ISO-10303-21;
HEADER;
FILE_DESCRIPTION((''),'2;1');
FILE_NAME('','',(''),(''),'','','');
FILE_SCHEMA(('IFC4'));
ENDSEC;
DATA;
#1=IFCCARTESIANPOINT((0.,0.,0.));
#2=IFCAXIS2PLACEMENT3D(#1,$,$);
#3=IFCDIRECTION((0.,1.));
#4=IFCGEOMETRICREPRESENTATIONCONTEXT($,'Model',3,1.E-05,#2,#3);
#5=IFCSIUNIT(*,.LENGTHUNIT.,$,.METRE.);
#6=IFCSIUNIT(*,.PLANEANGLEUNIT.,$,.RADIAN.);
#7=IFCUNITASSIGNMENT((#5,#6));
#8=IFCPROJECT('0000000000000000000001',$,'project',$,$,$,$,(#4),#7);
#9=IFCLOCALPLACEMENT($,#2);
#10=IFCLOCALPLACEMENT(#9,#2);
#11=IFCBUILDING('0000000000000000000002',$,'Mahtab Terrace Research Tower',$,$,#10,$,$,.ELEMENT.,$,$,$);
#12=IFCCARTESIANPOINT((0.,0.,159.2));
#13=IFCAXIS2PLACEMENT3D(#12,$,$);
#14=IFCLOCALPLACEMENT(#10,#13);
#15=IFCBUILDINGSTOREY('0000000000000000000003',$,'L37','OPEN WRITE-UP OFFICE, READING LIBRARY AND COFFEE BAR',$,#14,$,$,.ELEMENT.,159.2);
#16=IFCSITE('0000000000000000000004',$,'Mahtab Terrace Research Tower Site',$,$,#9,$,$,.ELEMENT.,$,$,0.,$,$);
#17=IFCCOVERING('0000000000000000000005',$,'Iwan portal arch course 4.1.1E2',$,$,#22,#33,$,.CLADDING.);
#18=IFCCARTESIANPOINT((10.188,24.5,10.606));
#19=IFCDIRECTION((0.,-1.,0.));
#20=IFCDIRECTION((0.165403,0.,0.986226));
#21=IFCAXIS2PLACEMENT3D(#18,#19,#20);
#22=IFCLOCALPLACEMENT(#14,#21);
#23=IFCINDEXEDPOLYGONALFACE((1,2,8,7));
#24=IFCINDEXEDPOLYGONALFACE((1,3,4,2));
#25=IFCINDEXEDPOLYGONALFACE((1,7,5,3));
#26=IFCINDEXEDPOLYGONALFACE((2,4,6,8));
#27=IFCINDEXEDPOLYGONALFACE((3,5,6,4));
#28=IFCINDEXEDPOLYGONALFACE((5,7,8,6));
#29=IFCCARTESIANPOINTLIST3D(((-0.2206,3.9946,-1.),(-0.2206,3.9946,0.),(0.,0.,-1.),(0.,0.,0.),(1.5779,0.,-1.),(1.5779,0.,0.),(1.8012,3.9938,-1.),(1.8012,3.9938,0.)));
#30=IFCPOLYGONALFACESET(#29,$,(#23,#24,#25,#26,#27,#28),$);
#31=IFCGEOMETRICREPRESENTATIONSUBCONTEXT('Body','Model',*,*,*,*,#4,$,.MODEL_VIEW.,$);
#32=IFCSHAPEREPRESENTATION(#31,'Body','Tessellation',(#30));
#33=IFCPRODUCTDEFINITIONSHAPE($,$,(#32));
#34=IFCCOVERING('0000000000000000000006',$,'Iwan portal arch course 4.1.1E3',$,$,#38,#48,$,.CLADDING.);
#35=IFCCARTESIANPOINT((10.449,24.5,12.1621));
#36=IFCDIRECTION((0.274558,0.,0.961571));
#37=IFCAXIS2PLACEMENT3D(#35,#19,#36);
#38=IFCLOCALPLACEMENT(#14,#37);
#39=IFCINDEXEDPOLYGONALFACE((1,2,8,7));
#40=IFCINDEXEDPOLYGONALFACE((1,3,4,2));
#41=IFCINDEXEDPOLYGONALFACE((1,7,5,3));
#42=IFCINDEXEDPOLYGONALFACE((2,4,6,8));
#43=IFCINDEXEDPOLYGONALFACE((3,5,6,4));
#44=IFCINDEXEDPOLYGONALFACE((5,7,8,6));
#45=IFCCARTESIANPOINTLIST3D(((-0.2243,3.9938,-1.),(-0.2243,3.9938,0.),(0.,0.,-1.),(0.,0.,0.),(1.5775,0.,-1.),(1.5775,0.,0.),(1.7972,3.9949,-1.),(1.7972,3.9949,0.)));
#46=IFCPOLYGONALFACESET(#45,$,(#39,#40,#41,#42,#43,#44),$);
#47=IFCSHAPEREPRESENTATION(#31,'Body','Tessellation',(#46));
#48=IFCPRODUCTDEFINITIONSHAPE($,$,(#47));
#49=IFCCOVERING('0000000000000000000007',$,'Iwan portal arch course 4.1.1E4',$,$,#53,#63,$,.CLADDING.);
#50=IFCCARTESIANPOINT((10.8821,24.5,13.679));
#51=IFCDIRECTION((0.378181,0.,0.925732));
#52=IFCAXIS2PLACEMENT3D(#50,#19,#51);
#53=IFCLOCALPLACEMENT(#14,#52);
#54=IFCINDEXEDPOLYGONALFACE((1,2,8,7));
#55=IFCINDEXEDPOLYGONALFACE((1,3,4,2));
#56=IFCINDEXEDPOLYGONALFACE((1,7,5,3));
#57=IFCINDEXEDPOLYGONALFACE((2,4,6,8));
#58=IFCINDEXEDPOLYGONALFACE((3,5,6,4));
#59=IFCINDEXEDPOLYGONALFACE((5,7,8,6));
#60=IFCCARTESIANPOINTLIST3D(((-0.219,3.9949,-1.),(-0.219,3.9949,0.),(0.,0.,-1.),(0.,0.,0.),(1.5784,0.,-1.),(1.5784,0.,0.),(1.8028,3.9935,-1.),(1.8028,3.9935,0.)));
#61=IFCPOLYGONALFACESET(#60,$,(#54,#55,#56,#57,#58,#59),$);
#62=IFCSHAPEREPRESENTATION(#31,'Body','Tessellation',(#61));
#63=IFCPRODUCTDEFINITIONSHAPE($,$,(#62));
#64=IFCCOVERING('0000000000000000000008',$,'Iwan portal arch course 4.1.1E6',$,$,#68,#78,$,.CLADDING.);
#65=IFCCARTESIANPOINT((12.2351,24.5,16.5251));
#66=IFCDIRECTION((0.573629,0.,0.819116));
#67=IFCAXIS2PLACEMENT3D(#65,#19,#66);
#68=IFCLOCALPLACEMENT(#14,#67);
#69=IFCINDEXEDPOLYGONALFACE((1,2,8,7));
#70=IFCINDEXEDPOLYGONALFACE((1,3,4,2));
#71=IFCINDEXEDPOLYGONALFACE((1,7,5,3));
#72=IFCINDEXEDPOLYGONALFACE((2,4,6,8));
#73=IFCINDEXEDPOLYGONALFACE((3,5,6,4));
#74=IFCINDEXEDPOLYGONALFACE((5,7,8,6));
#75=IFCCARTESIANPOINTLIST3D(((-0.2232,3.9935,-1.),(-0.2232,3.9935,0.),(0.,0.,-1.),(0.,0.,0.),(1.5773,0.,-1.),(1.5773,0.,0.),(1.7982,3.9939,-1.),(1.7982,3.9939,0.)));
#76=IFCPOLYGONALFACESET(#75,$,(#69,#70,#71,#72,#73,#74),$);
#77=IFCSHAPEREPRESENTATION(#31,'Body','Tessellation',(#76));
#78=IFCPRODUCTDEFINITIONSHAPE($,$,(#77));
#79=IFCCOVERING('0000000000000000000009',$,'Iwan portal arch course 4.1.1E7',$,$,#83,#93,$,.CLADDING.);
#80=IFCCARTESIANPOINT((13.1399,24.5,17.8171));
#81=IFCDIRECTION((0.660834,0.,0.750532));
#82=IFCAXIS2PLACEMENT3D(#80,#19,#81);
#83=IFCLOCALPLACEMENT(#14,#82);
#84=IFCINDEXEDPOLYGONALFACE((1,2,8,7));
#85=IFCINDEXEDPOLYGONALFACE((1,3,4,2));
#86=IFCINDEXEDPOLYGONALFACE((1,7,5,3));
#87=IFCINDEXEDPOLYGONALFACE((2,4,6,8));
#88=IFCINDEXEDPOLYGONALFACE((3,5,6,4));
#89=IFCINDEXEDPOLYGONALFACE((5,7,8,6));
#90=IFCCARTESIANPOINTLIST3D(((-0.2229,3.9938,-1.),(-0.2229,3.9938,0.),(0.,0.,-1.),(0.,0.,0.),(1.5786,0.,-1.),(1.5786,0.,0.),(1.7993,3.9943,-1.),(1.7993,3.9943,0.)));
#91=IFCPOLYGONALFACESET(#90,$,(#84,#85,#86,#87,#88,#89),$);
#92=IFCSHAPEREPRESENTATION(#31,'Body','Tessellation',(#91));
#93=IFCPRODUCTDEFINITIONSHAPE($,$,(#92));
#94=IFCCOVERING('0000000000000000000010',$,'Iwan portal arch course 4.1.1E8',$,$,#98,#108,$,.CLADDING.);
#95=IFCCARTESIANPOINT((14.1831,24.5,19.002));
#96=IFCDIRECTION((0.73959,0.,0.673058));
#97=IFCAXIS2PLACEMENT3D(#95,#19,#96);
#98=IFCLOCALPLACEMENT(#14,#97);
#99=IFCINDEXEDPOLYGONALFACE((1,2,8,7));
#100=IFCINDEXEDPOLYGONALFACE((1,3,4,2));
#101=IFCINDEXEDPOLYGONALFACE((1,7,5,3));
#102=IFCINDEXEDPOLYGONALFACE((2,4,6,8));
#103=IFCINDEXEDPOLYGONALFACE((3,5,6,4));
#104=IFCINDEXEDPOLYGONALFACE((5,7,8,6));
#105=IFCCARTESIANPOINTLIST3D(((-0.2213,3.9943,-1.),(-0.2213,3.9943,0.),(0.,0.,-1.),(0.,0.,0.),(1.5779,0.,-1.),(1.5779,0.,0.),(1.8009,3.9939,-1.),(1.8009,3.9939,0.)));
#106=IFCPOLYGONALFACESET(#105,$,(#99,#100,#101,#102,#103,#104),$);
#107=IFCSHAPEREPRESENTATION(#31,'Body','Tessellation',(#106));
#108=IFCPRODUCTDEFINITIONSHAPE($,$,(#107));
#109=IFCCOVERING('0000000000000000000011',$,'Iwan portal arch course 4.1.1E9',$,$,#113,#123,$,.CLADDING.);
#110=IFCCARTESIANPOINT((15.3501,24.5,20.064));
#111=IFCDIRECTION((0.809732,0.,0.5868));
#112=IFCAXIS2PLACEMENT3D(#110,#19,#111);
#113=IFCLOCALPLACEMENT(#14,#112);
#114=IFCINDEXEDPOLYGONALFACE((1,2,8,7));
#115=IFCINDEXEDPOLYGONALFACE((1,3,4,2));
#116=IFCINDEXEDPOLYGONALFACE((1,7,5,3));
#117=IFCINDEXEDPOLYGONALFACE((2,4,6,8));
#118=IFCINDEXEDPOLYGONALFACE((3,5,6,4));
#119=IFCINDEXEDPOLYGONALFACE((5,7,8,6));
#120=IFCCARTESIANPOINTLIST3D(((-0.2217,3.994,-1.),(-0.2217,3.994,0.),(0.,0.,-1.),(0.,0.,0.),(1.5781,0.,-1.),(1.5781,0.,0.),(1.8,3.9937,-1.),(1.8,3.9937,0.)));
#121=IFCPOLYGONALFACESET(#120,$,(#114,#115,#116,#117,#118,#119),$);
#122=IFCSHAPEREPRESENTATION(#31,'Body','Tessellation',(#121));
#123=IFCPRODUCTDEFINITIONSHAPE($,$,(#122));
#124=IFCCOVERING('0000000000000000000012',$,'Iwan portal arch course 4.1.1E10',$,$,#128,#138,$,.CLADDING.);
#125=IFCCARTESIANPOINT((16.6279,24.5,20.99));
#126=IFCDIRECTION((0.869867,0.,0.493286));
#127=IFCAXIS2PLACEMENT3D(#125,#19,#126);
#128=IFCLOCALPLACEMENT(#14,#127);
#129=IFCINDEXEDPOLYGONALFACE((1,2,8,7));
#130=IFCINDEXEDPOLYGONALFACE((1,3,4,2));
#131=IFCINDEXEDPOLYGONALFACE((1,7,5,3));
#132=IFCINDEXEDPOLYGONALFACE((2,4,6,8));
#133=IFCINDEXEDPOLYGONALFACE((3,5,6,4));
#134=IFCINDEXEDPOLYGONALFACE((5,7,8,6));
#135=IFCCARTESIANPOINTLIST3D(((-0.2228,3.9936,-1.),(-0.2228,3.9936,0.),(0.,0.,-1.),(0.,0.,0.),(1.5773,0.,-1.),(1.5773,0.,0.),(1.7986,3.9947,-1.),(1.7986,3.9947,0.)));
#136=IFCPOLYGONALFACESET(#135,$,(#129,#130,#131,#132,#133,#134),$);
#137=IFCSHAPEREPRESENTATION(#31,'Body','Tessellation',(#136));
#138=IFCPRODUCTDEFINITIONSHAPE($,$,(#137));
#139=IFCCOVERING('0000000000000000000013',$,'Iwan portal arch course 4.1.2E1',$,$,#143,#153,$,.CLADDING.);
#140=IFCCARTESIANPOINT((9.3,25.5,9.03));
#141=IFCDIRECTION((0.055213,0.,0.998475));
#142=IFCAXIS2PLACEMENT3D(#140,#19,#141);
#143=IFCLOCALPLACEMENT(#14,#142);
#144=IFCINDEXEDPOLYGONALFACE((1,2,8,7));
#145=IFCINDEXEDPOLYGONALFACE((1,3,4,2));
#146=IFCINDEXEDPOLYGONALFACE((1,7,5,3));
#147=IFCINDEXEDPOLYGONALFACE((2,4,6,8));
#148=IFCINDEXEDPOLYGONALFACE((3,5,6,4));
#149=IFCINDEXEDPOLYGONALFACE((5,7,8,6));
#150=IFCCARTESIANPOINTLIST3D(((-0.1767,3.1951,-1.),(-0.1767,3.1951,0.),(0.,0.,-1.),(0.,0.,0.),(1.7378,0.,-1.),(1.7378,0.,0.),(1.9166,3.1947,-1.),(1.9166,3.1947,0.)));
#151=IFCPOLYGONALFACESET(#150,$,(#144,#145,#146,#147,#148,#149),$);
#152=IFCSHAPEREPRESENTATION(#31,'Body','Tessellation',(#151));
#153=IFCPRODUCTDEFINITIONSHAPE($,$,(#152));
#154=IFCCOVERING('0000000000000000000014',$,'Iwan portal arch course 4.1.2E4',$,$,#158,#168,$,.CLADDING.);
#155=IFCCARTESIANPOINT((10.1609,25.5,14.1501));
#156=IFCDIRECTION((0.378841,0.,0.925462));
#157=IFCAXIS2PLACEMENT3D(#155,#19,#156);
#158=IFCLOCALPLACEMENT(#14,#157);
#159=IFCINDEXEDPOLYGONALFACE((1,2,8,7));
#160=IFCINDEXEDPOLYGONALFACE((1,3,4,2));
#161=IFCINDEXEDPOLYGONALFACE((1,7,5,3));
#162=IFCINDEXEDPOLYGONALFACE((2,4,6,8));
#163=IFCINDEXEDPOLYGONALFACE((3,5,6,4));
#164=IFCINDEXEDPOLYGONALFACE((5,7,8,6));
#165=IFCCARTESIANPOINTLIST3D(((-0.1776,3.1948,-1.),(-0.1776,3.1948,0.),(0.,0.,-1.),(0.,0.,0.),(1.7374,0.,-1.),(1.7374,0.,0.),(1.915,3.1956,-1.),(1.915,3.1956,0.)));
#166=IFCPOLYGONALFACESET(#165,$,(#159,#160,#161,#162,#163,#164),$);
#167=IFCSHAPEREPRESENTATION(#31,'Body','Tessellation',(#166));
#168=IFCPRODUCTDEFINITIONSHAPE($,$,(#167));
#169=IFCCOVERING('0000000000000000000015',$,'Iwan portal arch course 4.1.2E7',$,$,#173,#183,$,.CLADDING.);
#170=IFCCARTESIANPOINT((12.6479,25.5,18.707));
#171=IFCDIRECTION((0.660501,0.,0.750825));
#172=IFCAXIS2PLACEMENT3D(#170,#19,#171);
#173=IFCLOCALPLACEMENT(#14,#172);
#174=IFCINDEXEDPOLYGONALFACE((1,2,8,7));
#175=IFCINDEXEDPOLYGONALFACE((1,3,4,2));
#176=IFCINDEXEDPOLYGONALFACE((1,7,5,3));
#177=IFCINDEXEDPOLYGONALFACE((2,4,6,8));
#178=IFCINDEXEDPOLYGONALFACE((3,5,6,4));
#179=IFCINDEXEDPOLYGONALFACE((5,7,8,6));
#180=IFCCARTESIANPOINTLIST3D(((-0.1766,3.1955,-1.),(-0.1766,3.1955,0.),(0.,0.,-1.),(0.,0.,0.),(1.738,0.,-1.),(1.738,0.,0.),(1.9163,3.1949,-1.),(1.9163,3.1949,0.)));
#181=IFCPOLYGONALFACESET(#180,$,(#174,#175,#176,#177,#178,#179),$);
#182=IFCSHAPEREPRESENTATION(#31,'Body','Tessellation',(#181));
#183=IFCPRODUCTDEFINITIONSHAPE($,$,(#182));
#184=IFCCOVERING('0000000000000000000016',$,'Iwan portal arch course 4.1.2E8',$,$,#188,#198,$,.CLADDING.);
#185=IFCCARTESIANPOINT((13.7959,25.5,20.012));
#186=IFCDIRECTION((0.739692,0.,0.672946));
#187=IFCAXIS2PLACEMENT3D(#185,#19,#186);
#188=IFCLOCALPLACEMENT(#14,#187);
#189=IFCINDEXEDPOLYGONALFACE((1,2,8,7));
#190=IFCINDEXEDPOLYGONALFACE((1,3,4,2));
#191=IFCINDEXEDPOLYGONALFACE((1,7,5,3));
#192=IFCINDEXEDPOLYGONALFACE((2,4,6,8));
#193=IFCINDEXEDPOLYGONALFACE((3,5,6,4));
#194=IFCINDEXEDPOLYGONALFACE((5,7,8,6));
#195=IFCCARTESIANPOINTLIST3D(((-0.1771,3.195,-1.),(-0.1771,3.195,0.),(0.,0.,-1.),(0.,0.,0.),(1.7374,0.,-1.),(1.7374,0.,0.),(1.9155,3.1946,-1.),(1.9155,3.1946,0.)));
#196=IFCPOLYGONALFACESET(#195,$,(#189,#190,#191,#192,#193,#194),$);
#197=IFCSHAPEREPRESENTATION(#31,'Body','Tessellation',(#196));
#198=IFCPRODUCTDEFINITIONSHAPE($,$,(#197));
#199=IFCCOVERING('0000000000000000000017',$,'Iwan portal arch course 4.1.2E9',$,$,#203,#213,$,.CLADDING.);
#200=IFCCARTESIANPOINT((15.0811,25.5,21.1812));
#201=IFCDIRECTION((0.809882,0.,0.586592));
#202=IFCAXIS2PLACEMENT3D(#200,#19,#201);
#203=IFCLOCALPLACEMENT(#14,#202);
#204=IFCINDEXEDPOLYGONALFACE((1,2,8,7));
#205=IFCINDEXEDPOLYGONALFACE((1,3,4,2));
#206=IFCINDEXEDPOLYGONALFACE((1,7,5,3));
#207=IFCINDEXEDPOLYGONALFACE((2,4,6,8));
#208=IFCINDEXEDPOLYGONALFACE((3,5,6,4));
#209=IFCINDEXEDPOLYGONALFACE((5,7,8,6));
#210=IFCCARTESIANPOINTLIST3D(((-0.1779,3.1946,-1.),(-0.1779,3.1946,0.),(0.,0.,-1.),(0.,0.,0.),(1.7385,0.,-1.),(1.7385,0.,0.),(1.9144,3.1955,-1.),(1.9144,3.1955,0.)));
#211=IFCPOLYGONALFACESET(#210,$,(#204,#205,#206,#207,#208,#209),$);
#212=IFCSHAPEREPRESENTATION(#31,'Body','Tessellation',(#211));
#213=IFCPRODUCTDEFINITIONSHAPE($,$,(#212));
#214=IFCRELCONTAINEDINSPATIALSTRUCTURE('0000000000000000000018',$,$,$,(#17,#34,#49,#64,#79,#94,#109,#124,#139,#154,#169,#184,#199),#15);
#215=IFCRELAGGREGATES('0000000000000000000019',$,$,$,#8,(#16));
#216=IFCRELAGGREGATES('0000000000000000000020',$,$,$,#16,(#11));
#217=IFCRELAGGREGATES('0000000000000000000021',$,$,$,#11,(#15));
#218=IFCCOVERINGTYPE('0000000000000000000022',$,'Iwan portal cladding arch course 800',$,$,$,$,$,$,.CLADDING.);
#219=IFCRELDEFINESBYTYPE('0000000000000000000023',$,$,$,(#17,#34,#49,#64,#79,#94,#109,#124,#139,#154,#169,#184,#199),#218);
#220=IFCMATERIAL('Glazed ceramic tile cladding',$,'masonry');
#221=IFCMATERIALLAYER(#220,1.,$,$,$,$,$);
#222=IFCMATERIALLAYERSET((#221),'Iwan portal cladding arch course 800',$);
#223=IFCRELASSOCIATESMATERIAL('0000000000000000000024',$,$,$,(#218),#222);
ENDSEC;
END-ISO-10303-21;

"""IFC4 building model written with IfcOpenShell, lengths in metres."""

from ifc_helpers import new_model, si_unit, direction, frame, origin, place, context, subcontext, project, spatial, polyline, outline, extrude, material, layer, layer_set, type_object, element, save


model = new_model("IFC4")

# Units and contexts
model_context = context("Model", 3, precision=1e-05, world=origin(), true_north=direction((0.0, 1.0)))
body_context = subcontext(model_context, "Body", "Model", "MODEL_VIEW")
ifc_project = project(units=[si_unit("LENGTHUNIT", "METRE"), si_unit("PLANEANGLEUNIT", "RADIAN")], contexts=[model_context])

# Site, building, storey
site_placement = place(None, origin())
site = spatial("IfcSite", under=ifc_project, at=site_placement, Name="Mahtab Terrace Research Tower Site", CompositionType="ELEMENT", RefElevation=0.0)
building_placement = place(site_placement, origin())
building = spatial("IfcBuilding", under=site, at=building_placement, Name="Mahtab Terrace Research Tower", CompositionType="ELEMENT")
storey_placement = place(building_placement, frame((0.0, 0.0, 159.2)))
storey = spatial("IfcBuildingStorey", under=building, at=storey_placement, Name="L37", Description="OPEN WRITE-UP OFFICE, READING LIBRARY AND COFFEE BAR", CompositionType="ELEMENT", Elevation=159.2)

# Coverings
ifc_material_1 = material(Name="Glazed ceramic tile cladding", Category="masonry")
ifc_layer = layer(ifc_material_1, 1.0)
ifc_layer_set = layer_set([ifc_layer], Name="Iwan portal cladding arch course 800")
covering_type = type_object("IfcCoveringType", Name="Iwan portal cladding arch course 800", PredefinedType="CLADDING", material=ifc_layer_set)
covering_1_placement = place(storey_placement, frame((10.188, 24.5, 10.606), z_axis=(0.0, -1.0, 0.0), x_axis=(0.165403, 0.0, 0.986226)))
element("IfcCovering", 1, at=covering_1_placement, inside=storey, type_object=covering_type, Name="Iwan portal arch course 4.1.1E2", PredefinedType="CLADDING", context=body_context, shape_type="SweptSolid", body=[
    extrude(outline(polyline([(0.0, 0.0), (1.5779, 0.0), (1.8012, 3.9938), (-0.2206, 3.9946), (0.0, 0.0)])), origin(), (0.0, 0.0, -1.0), 1.0),
])
covering_2_placement = place(storey_placement, frame((10.449, 24.5, 12.1621), z_axis=(0.0, -1.0, 0.0), x_axis=(0.274558, 0.0, 0.961571)))
element("IfcCovering", 2, at=covering_2_placement, inside=storey, type_object=covering_type, Name="Iwan portal arch course 4.1.1E3", PredefinedType="CLADDING", context=body_context, shape_type="SweptSolid", body=[
    extrude(outline(polyline([(0.0, 0.0), (1.5775, 0.0), (1.7972, 3.9949), (-0.2243, 3.9938), (0.0, 0.0)])), origin(), (0.0, 0.0, -1.0), 1.0),
])
covering_3_placement = place(storey_placement, frame((10.8821, 24.5, 13.679), z_axis=(0.0, -1.0, 0.0), x_axis=(0.378181, 0.0, 0.925732)))
element("IfcCovering", 3, at=covering_3_placement, inside=storey, type_object=covering_type, Name="Iwan portal arch course 4.1.1E4", PredefinedType="CLADDING", context=body_context, shape_type="SweptSolid", body=[
    extrude(outline(polyline([(0.0, 0.0), (1.5784, 0.0), (1.8028, 3.9935), (-0.219, 3.9949), (0.0, 0.0)])), origin(), (0.0, 0.0, -1.0), 1.0),
])
covering_4_placement = place(storey_placement, frame((12.2351, 24.5, 16.5251), z_axis=(0.0, -1.0, 0.0), x_axis=(0.573629, 0.0, 0.819116)))
element("IfcCovering", 4, at=covering_4_placement, inside=storey, type_object=covering_type, Name="Iwan portal arch course 4.1.1E6", PredefinedType="CLADDING", context=body_context, shape_type="SweptSolid", body=[
    extrude(outline(polyline([(0.0, 0.0), (1.5773, 0.0), (1.7982, 3.9939), (-0.2232, 3.9935), (0.0, 0.0)])), origin(), (0.0, 0.0, -1.0), 1.0),
])
covering_5_placement = place(storey_placement, frame((13.1399, 24.5, 17.8171), z_axis=(0.0, -1.0, 0.0), x_axis=(0.660834, 0.0, 0.750532)))
element("IfcCovering", 5, at=covering_5_placement, inside=storey, type_object=covering_type, Name="Iwan portal arch course 4.1.1E7", PredefinedType="CLADDING", context=body_context, shape_type="SweptSolid", body=[
    extrude(outline(polyline([(0.0, 0.0), (1.5786, 0.0), (1.7993, 3.9943), (-0.2229, 3.9938), (0.0, 0.0)])), origin(), (0.0, 0.0, -1.0), 1.0),
])
covering_6_placement = place(storey_placement, frame((14.1831, 24.5, 19.002), z_axis=(0.0, -1.0, 0.0), x_axis=(0.73959, 0.0, 0.673058)))
element("IfcCovering", 6, at=covering_6_placement, inside=storey, type_object=covering_type, Name="Iwan portal arch course 4.1.1E8", PredefinedType="CLADDING", context=body_context, shape_type="SweptSolid", body=[
    extrude(outline(polyline([(0.0, 0.0), (1.5779, 0.0), (1.8009, 3.9939), (-0.2213, 3.9943), (0.0, 0.0)])), origin(), (0.0, 0.0, -1.0), 1.0),
])
covering_7_placement = place(storey_placement, frame((15.3501, 24.5, 20.064), z_axis=(0.0, -1.0, 0.0), x_axis=(0.809732, 0.0, 0.5868)))
element("IfcCovering", 7, at=covering_7_placement, inside=storey, type_object=covering_type, Name="Iwan portal arch course 4.1.1E9", PredefinedType="CLADDING", context=body_context, shape_type="SweptSolid", body=[
    extrude(outline(polyline([(0.0, 0.0), (1.5781, 0.0), (1.8, 3.9937), (-0.2217, 3.994), (0.0, 0.0)])), origin(), (0.0, 0.0, -1.0), 1.0),
])
covering_8_placement = place(storey_placement, frame((16.6279, 24.5, 20.99), z_axis=(0.0, -1.0, 0.0), x_axis=(0.869867, 0.0, 0.493286)))
element("IfcCovering", 8, at=covering_8_placement, inside=storey, type_object=covering_type, Name="Iwan portal arch course 4.1.1E10", PredefinedType="CLADDING", context=body_context, shape_type="SweptSolid", body=[
    extrude(outline(polyline([(0.0, 0.0), (1.5773, 0.0), (1.7986, 3.9947), (-0.2228, 3.9936), (0.0, 0.0)])), origin(), (0.0, 0.0, -1.0), 1.0),
])
covering_9_placement = place(storey_placement, frame((9.3, 25.5, 9.03), z_axis=(0.0, -1.0, 0.0), x_axis=(0.055213, 0.0, 0.998475)))
element("IfcCovering", 9, at=covering_9_placement, inside=storey, type_object=covering_type, Name="Iwan portal arch course 4.1.2E1", PredefinedType="CLADDING", context=body_context, shape_type="SweptSolid", body=[
    extrude(outline(polyline([(0.0, 0.0), (1.7378, 0.0), (1.9166, 3.1947), (-0.1767, 3.1951), (0.0, 0.0)])), origin(), (0.0, 0.0, -1.0), 1.0),
])
covering_10_placement = place(storey_placement, frame((10.1609, 25.5, 14.1501), z_axis=(0.0, -1.0, 0.0), x_axis=(0.378841, 0.0, 0.925462)))
element("IfcCovering", 10, at=covering_10_placement, inside=storey, type_object=covering_type, Name="Iwan portal arch course 4.1.2E4", PredefinedType="CLADDING", context=body_context, shape_type="SweptSolid", body=[
    extrude(outline(polyline([(0.0, 0.0), (1.7374, 0.0), (1.915, 3.1956), (-0.1776, 3.1948), (0.0, 0.0)])), origin(), (0.0, 0.0, -1.0), 1.0),
])
covering_11_placement = place(storey_placement, frame((12.6479, 25.5, 18.707), z_axis=(0.0, -1.0, 0.0), x_axis=(0.660501, 0.0, 0.750825)))
element("IfcCovering", 11, at=covering_11_placement, inside=storey, type_object=covering_type, Name="Iwan portal arch course 4.1.2E7", PredefinedType="CLADDING", context=body_context, shape_type="SweptSolid", body=[
    extrude(outline(polyline([(0.0, 0.0), (1.738, 0.0), (1.9163, 3.1949), (-0.1766, 3.1955), (0.0, 0.0)])), origin(), (0.0, 0.0, -1.0), 1.0),
])
covering_12_placement = place(storey_placement, frame((13.7959, 25.5, 20.012), z_axis=(0.0, -1.0, 0.0), x_axis=(0.739692, 0.0, 0.672946)))
element("IfcCovering", 12, at=covering_12_placement, inside=storey, type_object=covering_type, Name="Iwan portal arch course 4.1.2E8", PredefinedType="CLADDING", context=body_context, shape_type="SweptSolid", body=[
    extrude(outline(polyline([(0.0, 0.0), (1.7374, 0.0), (1.9155, 3.1946), (-0.1771, 3.195), (0.0, 0.0)])), origin(), (0.0, 0.0, -1.0), 1.0),
])
covering_13_placement = place(storey_placement, frame((15.0811, 25.5, 21.1812), z_axis=(0.0, -1.0, 0.0), x_axis=(0.809882, 0.0, 0.586592)))
element("IfcCovering", 13, at=covering_13_placement, inside=storey, type_object=covering_type, Name="Iwan portal arch course 4.1.2E9", PredefinedType="CLADDING", context=body_context, shape_type="SweptSolid", body=[
    extrude(outline(polyline([(0.0, 0.0), (1.7385, 0.0), (1.9144, 3.1955), (-0.1779, 3.1946), (0.0, 0.0)])), origin(), (0.0, 0.0, -1.0), 1.0),
])

save(model, "model.ifc")
